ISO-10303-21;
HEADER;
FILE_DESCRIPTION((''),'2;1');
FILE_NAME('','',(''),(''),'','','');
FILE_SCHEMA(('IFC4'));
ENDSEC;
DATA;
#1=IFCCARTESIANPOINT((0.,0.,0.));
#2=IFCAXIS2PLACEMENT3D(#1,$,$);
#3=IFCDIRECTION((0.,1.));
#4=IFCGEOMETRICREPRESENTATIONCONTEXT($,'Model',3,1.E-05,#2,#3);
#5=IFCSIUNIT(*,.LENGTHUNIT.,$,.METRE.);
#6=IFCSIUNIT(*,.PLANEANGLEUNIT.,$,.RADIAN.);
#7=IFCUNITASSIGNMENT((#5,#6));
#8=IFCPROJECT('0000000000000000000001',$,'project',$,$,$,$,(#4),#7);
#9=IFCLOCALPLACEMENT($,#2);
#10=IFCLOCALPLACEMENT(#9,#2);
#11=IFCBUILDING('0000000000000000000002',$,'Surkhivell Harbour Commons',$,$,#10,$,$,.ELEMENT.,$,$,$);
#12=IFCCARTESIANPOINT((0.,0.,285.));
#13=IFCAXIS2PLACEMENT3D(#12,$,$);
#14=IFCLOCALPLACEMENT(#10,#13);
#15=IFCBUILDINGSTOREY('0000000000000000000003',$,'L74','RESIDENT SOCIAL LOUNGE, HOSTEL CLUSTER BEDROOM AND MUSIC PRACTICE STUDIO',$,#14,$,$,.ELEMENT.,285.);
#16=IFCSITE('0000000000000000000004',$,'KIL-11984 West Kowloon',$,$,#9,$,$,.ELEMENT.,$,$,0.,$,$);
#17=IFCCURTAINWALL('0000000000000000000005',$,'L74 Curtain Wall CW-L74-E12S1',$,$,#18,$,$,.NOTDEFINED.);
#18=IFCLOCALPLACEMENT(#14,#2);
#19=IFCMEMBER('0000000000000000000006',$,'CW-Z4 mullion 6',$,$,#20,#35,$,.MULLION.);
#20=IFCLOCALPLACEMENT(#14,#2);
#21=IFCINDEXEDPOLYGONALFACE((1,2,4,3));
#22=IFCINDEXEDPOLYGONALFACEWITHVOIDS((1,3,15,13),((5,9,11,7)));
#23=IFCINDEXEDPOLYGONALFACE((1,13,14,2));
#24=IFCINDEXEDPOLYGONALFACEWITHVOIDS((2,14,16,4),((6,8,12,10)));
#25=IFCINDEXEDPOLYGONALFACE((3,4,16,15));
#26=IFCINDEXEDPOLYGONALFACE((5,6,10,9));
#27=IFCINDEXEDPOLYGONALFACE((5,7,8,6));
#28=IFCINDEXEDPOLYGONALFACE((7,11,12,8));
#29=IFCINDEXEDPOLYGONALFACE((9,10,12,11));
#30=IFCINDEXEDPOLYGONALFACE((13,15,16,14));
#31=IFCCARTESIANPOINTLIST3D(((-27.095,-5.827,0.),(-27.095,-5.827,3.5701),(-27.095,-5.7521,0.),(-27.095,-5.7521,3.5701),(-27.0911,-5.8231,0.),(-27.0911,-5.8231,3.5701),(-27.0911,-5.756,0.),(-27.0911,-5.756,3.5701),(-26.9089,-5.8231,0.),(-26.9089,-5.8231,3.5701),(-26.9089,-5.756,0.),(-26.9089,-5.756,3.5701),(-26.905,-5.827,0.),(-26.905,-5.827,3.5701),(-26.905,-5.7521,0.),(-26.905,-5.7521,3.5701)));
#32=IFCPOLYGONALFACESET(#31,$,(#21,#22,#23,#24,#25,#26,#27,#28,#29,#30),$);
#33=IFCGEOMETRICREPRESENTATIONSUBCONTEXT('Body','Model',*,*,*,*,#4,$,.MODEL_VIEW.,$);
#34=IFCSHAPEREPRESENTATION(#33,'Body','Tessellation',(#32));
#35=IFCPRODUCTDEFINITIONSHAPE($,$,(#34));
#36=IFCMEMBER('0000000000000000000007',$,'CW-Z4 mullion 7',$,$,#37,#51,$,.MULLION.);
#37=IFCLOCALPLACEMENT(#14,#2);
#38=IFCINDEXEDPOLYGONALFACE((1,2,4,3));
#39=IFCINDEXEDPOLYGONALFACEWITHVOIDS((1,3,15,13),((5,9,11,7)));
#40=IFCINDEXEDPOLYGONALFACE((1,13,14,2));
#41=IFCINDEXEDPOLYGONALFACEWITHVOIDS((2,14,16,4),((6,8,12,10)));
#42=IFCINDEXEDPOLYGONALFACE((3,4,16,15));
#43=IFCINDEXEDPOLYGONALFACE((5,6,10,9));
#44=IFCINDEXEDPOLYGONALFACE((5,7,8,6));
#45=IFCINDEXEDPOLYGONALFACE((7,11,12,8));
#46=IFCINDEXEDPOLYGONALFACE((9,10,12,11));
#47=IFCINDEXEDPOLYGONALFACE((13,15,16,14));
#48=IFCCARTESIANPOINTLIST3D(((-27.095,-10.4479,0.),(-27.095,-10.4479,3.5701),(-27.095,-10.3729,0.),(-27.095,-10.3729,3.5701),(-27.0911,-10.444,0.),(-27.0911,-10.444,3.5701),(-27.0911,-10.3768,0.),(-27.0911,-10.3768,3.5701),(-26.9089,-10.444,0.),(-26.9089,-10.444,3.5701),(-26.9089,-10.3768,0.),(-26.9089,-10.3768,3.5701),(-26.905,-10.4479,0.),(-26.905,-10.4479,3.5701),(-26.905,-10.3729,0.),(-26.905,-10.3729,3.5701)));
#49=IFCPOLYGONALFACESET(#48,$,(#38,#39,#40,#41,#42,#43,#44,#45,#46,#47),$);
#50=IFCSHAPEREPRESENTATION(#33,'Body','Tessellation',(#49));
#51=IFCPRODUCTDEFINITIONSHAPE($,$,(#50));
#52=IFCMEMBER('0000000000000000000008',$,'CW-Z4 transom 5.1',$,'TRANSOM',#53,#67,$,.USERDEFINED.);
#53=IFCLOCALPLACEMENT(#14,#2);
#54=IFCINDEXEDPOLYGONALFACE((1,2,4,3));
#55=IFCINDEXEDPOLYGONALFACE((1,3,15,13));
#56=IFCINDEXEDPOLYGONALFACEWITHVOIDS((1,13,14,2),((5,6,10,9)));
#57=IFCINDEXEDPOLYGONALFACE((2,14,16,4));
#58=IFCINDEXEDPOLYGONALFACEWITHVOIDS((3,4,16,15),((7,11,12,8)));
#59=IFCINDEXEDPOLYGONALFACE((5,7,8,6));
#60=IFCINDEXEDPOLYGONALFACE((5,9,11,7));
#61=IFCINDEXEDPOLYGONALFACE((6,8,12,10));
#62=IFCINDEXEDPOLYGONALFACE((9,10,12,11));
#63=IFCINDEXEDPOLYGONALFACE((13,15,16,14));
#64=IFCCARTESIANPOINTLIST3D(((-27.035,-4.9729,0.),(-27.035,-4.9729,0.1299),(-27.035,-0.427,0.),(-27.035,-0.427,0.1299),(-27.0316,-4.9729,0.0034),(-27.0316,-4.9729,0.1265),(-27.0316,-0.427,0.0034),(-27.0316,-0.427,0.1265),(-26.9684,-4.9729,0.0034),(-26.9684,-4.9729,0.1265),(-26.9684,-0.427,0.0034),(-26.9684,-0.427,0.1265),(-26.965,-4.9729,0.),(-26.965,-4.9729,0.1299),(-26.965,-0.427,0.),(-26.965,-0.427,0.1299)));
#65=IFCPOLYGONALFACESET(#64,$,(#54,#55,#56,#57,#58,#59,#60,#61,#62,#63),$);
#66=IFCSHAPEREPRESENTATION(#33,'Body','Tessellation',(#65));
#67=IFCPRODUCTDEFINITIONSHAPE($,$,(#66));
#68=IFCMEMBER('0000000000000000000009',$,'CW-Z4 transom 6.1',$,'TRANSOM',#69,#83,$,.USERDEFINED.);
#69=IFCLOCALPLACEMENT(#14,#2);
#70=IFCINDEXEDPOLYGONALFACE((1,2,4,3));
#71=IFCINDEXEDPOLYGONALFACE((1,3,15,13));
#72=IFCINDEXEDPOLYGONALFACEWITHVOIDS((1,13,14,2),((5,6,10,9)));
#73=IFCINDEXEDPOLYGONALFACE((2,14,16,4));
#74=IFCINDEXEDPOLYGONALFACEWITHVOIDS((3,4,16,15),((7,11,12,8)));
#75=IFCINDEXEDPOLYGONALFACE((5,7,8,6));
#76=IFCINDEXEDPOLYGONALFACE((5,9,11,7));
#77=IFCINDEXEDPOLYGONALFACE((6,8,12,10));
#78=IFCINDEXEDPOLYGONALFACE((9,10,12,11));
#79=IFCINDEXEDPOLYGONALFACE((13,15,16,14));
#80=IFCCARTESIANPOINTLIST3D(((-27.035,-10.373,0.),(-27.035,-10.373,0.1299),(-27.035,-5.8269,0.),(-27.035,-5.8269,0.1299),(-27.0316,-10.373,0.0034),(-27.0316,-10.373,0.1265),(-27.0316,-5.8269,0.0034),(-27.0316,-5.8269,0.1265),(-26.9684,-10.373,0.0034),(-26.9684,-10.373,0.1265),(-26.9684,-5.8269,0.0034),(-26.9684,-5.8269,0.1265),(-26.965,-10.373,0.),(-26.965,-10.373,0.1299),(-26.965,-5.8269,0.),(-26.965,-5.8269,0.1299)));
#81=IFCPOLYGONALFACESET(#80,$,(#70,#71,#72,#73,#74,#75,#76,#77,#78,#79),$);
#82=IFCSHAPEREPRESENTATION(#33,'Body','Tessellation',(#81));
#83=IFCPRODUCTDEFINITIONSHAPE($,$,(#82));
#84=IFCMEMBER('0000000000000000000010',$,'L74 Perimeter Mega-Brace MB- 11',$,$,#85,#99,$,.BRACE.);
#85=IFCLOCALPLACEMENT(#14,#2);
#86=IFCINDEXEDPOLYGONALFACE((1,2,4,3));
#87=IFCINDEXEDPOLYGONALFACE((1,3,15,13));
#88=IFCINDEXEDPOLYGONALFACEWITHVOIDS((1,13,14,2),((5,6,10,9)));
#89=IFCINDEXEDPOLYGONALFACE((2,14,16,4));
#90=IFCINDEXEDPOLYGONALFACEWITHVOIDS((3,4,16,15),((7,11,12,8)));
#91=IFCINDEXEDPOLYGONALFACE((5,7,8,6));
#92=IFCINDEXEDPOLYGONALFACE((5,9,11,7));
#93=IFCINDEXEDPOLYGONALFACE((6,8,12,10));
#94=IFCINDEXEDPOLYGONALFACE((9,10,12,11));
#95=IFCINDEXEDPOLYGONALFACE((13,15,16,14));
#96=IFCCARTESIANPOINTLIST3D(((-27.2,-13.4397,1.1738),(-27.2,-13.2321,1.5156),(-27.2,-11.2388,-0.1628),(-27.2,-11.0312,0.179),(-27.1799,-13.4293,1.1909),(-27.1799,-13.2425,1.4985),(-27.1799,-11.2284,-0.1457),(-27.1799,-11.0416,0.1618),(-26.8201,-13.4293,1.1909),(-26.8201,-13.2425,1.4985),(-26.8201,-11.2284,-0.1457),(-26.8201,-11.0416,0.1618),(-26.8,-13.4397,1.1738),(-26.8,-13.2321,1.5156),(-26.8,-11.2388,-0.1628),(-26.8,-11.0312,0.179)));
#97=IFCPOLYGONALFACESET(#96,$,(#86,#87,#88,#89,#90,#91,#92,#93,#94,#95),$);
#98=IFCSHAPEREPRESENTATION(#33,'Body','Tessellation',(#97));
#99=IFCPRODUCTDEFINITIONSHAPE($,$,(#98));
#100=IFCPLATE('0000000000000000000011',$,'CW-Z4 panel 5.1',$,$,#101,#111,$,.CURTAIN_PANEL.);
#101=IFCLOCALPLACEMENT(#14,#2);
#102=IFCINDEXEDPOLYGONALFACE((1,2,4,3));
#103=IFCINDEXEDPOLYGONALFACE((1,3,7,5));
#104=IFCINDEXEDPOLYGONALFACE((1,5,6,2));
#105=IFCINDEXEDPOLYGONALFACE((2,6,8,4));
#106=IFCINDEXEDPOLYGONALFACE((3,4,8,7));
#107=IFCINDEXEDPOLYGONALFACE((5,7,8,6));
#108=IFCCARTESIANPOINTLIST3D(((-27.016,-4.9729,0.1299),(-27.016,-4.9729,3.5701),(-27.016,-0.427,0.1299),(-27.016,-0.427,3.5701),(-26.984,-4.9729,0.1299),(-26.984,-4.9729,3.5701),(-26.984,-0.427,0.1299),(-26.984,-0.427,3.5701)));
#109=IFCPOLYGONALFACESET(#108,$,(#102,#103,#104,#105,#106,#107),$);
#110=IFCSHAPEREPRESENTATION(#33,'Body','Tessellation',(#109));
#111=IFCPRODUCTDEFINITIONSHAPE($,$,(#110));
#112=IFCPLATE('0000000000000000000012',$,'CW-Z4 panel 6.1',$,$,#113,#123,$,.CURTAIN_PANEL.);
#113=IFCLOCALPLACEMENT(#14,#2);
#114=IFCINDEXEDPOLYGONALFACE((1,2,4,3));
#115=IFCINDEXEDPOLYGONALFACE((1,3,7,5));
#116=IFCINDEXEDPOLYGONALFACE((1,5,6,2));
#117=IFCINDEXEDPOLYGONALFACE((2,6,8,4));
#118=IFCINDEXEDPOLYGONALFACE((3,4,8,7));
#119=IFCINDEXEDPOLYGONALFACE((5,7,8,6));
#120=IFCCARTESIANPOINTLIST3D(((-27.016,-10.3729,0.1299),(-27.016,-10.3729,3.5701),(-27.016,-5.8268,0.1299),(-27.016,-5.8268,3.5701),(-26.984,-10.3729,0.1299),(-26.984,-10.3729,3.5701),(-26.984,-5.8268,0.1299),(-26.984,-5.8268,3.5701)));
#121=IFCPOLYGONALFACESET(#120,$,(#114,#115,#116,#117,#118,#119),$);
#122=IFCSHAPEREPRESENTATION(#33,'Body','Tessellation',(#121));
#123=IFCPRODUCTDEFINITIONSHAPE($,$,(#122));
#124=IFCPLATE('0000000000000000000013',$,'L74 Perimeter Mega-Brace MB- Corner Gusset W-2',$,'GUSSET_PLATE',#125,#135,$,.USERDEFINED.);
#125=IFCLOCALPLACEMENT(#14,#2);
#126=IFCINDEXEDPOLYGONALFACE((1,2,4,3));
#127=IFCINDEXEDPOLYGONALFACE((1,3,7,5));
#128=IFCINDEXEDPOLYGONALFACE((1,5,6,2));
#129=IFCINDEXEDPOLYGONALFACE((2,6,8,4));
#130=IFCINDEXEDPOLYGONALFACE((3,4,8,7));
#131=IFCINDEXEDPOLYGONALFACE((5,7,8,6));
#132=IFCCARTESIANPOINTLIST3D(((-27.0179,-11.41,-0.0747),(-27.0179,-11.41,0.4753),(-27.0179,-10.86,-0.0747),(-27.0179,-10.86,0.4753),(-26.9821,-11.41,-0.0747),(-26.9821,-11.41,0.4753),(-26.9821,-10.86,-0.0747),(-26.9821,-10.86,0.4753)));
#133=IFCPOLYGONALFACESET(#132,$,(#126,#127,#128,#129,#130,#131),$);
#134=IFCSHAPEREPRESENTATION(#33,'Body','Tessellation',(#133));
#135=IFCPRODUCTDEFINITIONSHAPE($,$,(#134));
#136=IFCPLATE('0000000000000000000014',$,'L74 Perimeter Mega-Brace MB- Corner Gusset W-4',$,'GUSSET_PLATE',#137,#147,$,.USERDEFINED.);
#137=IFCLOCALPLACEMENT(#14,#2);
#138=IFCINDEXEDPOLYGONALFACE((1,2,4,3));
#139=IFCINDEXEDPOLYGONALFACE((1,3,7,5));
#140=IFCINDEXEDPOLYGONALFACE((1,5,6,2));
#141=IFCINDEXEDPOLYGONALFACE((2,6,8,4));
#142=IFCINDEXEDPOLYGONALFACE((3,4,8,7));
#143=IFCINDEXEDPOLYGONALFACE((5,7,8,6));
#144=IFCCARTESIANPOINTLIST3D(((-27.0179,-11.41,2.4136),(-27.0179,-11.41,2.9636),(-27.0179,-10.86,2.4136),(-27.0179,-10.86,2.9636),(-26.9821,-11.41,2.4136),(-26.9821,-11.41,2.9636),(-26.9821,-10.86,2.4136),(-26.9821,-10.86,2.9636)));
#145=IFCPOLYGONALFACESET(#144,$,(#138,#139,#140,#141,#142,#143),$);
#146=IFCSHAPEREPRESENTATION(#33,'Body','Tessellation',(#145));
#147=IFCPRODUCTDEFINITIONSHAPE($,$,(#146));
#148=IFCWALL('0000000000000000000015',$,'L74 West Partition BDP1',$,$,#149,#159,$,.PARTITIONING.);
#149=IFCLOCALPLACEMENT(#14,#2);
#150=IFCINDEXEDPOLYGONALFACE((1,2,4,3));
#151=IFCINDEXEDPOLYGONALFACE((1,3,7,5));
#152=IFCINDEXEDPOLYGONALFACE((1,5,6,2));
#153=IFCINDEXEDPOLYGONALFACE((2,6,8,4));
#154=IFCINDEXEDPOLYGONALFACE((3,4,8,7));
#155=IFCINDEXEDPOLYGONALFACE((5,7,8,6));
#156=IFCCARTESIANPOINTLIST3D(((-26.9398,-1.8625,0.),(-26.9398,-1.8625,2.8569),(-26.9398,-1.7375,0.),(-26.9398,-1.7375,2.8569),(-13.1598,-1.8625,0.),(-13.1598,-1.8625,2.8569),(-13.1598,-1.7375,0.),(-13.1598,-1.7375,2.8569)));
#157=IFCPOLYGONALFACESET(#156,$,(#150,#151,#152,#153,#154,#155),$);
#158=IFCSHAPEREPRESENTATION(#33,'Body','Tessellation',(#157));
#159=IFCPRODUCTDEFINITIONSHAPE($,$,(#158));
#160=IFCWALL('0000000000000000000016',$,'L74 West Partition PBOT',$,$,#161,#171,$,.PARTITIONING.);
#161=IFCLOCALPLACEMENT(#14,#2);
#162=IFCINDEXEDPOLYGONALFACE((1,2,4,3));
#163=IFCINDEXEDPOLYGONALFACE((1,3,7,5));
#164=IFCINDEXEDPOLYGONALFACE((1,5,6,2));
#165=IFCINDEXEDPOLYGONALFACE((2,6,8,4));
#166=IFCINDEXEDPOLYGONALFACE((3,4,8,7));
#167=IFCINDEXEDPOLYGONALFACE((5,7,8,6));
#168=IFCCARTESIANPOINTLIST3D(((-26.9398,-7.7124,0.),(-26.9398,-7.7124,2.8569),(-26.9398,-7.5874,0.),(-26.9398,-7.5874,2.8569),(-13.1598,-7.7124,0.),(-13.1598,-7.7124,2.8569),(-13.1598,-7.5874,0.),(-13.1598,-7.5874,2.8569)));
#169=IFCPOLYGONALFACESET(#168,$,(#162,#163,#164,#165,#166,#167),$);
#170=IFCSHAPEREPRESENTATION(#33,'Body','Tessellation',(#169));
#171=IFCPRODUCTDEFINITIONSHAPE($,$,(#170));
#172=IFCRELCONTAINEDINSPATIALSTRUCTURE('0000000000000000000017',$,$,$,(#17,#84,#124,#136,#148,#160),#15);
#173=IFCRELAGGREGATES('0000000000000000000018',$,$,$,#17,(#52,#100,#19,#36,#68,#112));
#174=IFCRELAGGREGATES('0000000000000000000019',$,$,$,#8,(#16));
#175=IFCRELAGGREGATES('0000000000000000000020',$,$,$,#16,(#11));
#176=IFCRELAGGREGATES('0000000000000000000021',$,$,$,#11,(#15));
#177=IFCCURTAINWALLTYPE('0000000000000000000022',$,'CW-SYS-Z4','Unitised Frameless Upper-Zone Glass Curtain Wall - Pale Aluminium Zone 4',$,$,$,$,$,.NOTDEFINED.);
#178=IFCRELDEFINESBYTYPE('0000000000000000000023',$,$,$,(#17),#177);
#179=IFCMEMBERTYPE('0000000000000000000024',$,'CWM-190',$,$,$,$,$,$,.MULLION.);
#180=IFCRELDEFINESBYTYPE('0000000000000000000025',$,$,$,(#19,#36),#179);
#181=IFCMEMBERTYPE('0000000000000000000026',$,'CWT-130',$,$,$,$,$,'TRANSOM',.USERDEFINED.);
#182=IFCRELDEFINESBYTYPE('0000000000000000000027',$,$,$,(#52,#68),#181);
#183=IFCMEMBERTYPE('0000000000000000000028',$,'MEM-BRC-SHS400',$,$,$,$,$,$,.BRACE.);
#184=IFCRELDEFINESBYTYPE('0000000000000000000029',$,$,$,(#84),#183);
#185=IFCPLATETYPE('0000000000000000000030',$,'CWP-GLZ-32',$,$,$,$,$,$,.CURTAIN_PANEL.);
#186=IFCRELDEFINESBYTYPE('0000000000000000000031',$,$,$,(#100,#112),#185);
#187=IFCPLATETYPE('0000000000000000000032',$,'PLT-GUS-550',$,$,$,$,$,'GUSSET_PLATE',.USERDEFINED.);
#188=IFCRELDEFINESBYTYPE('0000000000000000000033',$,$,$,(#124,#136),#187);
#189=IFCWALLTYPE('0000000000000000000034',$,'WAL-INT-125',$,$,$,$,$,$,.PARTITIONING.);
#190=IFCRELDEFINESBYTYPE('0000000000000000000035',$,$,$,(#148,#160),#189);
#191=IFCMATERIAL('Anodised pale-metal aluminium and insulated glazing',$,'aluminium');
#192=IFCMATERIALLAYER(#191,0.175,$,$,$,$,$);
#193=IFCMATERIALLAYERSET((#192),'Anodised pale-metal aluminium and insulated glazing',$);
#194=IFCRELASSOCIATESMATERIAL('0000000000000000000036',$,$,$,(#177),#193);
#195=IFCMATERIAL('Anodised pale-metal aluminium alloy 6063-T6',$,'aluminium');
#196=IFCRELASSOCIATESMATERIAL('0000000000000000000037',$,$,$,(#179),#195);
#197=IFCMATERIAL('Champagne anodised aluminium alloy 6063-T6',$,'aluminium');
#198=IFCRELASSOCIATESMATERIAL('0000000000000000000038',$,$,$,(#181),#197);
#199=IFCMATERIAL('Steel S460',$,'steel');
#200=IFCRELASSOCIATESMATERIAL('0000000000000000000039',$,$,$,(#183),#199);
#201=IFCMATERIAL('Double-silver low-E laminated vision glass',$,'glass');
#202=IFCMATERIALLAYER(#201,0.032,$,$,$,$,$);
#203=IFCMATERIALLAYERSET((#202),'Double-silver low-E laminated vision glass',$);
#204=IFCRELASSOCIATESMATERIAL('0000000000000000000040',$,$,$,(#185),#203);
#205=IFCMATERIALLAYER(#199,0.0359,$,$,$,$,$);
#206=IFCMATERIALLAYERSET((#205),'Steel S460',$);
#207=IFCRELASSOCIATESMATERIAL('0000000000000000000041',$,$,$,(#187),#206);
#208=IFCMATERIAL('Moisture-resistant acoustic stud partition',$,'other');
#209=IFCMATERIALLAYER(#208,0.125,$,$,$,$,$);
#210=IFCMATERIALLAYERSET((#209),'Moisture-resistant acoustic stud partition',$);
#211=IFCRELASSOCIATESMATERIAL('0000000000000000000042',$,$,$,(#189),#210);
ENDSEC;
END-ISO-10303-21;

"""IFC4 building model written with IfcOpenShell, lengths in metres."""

from ifc_helpers import new_model, si_unit, direction, frame, frame_2d, origin, origin_2d, place, context, subcontext, project, spatial, rectangle, hollow_rectangle, extrude, material, layer, layer_set, material_profile, profile_set, type_object, element, aggregate, save


model = new_model("IFC4")

# Units and contexts
model_context = context("Model", 3, precision=1e-05, world=origin(), true_north=direction((0.0, 1.0)))
body_context = subcontext(model_context, "Body", "Model", "MODEL_VIEW")
ifc_project = project(units=[si_unit("LENGTHUNIT", "METRE"), si_unit("PLANEANGLEUNIT", "RADIAN")], contexts=[model_context])

# Site, building, storey
site_placement = place(None, origin())
site = spatial("IfcSite", under=ifc_project, at=site_placement, Name="KIL-11984 West Kowloon", CompositionType="ELEMENT", RefElevation=0.0)
building_placement = place(site_placement, origin())
building = spatial("IfcBuilding", under=site, at=building_placement, Name="Surkhivell Harbour Commons", CompositionType="ELEMENT")
storey_placement = place(building_placement, frame((0.0, 0.0, 285.0)))
storey = spatial("IfcBuildingStorey", under=building, at=storey_placement, Name="L74", Description="RESIDENT SOCIAL LOUNGE, HOSTEL CLUSTER BEDROOM AND MUSIC PRACTICE STUDIO", CompositionType="ELEMENT", Elevation=285.0)

# Curtain wall, members
ifc_material_1 = material(Name="Anodised pale-metal aluminium and insulated glazing", Category="aluminium")
ifc_layer_1 = layer(ifc_material_1, 0.175)
ifc_layer_set_1 = layer_set([ifc_layer_1], Name="Anodised pale-metal aluminium and insulated glazing")
curtain_wall_type = type_object("IfcCurtainWallType", Name="CW-SYS-Z4", Description="Unitised Frameless Upper-Zone Glass Curtain Wall - Pale Aluminium Zone 4", PredefinedType="NOTDEFINED", material=ifc_layer_set_1)
curtain_wall_placement = place(storey_placement, origin())
curtain_wall = element("IfcCurtainWall", 1, at=curtain_wall_placement, inside=storey, type_object=curtain_wall_type, Name="L74 Curtain Wall CW-L74-E12S1", PredefinedType="NOTDEFINED")
ifc_material_2 = material(Name="Anodised pale-metal aluminium alloy 6063-T6", Category="aluminium")
ifc_material_profile_1 = material_profile(ifc_material_2, hollow_rectangle(XDim=0.075, YDim=0.1899, WallThickness=0.0039, at=origin_2d()), Name="ALU-MULL-75x190")
ifc_profile_set_1 = profile_set([ifc_material_profile_1], Name="Anodised pale-metal aluminium alloy 6063-T6")
member_type_1 = type_object("IfcMemberType", Name="CWM-190", PredefinedType="MULLION", material=ifc_profile_set_1)
member_1_placement = place(storey_placement, frame((-27.0, -5.7896, 0.0), z_axis=(0.0, 0.0, 1.0), x_axis=(0.0, -1.0, 0.0)))
member_1 = element("IfcMember", 2, at=member_1_placement, type_object=member_type_1, Name="CW-Z4 mullion 6", PredefinedType="MULLION", context=body_context, shape_type="SweptSolid", body=[
    extrude(hollow_rectangle(XDim=0.075, YDim=0.1899, WallThickness=0.0039, at=origin_2d()), origin(), (0.0, 0.0, 1.0), 3.5701),
])
member_2_placement = place(storey_placement, frame((-27.0, -10.4104, 0.0), z_axis=(0.0, 0.0, 1.0), x_axis=(0.0, -1.0, 0.0)))
member_2 = element("IfcMember", 3, at=member_2_placement, type_object=member_type_1, Name="CW-Z4 mullion 7", PredefinedType="MULLION", context=body_context, shape_type="SweptSolid", body=[
    extrude(hollow_rectangle(XDim=0.075, YDim=0.1899, WallThickness=0.0039, at=origin_2d()), origin(), (0.0, 0.0, 1.0), 3.5701),
])
ifc_material_3 = material(Name="Champagne anodised aluminium alloy 6063-T6", Category="aluminium")
ifc_material_profile_2 = material_profile(ifc_material_3, hollow_rectangle(XDim=0.0701, YDim=0.1299, WallThickness=0.0034, at=origin_2d()), Name="ALU-TRAN-70x130")
ifc_profile_set_2 = profile_set([ifc_material_profile_2], Name="Champagne anodised aluminium alloy 6063-T6")
member_type_2 = type_object("IfcMemberType", Name="CWT-130", ElementType="TRANSOM", PredefinedType="USERDEFINED", material=ifc_profile_set_2)
member_3_placement = place(storey_placement, frame((-27.0, -0.427, 0.0649), z_axis=(0.0, -1.0, 0.0), x_axis=(1.0, 0.0, 0.0)))
member_3 = element("IfcMember", 4, at=member_3_placement, type_object=member_type_2, Name="CW-Z4 transom 5.1", ObjectType="TRANSOM", PredefinedType="USERDEFINED", context=body_context, shape_type="SweptSolid", body=[
    extrude(hollow_rectangle(XDim=0.0701, YDim=0.1299, WallThickness=0.0034, at=origin_2d()), origin(), (0.0, 0.0, 1.0), 4.5459),
])
member_4_placement = place(storey_placement, frame((-27.0, -5.8269, 0.0649), z_axis=(0.0, -1.0, 0.0), x_axis=(1.0, 0.0, 0.0)))
member_4 = element("IfcMember", 5, at=member_4_placement, type_object=member_type_2, Name="CW-Z4 transom 6.1", ObjectType="TRANSOM", PredefinedType="USERDEFINED", context=body_context, shape_type="SweptSolid", body=[
    extrude(hollow_rectangle(XDim=0.0701, YDim=0.1299, WallThickness=0.0034, at=origin_2d()), origin(), (0.0, 0.0, 1.0), 4.5461),
])

# Member
ifc_material_4 = material(Name="Steel S460", Category="steel")
ifc_material_profile_3 = material_profile(ifc_material_4, hollow_rectangle(XDim=0.3999, YDim=0.3999, WallThickness=0.02, at=origin_2d()), Name="SHS400x400x20")
ifc_profile_set_3 = profile_set([ifc_material_profile_3], Name="Steel S460")
member_type_3 = type_object("IfcMemberType", Name="MEM-BRC-SHS400", PredefinedType="BRACE", material=ifc_profile_set_3)
member_5_placement = place(storey_placement, frame((-27.0, -11.135, 0.0081), z_axis=(0.0, -0.85472, 0.519089), x_axis=(1.0, 0.0, 0.0)))
element("IfcMember", 6, at=member_5_placement, inside=storey, type_object=member_type_3, Name="L74 Perimeter Mega-Brace MB- 11", PredefinedType="BRACE", context=body_context, shape_type="SweptSolid", body=[
    extrude(hollow_rectangle(XDim=0.3999, YDim=0.3999, WallThickness=0.02, at=origin_2d()), origin(), (0.0, 0.0, 1.0), 2.575),
])

# Plates
ifc_material_5 = material(Name="Double-silver low-E laminated vision glass", Category="glass")
ifc_layer_2 = layer(ifc_material_5, 0.032)
ifc_layer_set_2 = layer_set([ifc_layer_2], Name="Double-silver low-E laminated vision glass")
plate_type_1 = type_object("IfcPlateType", Name="CWP-GLZ-32", PredefinedType="CURTAIN_PANEL", material=ifc_layer_set_2)
plate_1_placement = place(storey_placement, frame((-27.0, -0.427, 0.1299), z_axis=(0.0, 0.0, 1.0), x_axis=(0.0, -1.0, 0.0)))
plate_1 = element("IfcPlate", 7, at=plate_1_placement, type_object=plate_type_1, Name="CW-Z4 panel 5.1", PredefinedType="CURTAIN_PANEL", context=body_context, shape_type="SweptSolid", body=[
    extrude(rectangle(XDim=4.5459, YDim=0.032, at=frame_2d((2.2729, 0.0))), origin(), (0.0, 0.0, 1.0), 3.4402),
])
plate_2_placement = place(storey_placement, frame((-27.0, -5.8269, 0.1299), z_axis=(0.0, 0.0, 1.0), x_axis=(0.0, -1.0, 0.0)))
plate_2 = element("IfcPlate", 8, at=plate_2_placement, type_object=plate_type_1, Name="CW-Z4 panel 6.1", PredefinedType="CURTAIN_PANEL", context=body_context, shape_type="SweptSolid", body=[
    extrude(rectangle(XDim=4.5461, YDim=0.032, at=frame_2d((2.2729, 0.0))), origin(), (0.0, 0.0, 1.0), 3.4402),
])
aggregate(curtain_wall, [member_3, plate_1, member_1, member_2, member_4, plate_2])

# Plates
ifc_layer_3 = layer(ifc_material_4, 0.0359)
ifc_layer_set_3 = layer_set([ifc_layer_3], Name="Steel S460")
plate_type_2 = type_object("IfcPlateType", Name="PLT-GUS-550", ElementType="GUSSET_PLATE", PredefinedType="USERDEFINED", material=ifc_layer_set_3)
for number, where, z_axis, x_axis, name in (
    (9, (-27.0, -11.135, -0.0747), (0.0, 0.0, 1.0), (0.0, 1.0, 0.0), "L74 Perimeter Mega-Brace MB- Corner Gusset W-2"),
    (10, (-27.0, -11.135, 2.4136), (0.0, 0.0, 1.0), (0.0, 1.0, 0.0), "L74 Perimeter Mega-Brace MB- Corner Gusset W-4"),
):
    element("IfcPlate", number, at=place(storey_placement, frame(where, z_axis=z_axis, x_axis=x_axis)), inside=storey, type_object=plate_type_2, Name=name, ObjectType="GUSSET_PLATE", PredefinedType="USERDEFINED", context=body_context, shape_type="SweptSolid", body=[
        extrude(rectangle(XDim=0.55, YDim=0.0359, at=origin_2d()), origin(), (0.0, 0.0, 1.0), 0.55),
    ])

# Walls
ifc_material_6 = material(Name="Moisture-resistant acoustic stud partition", Category="other")
ifc_layer_4 = layer(ifc_material_6, 0.125)
ifc_layer_set_4 = layer_set([ifc_layer_4], Name="Moisture-resistant acoustic stud partition")
wall_type = type_object("IfcWallType", Name="WAL-INT-125", PredefinedType="PARTITIONING", material=ifc_layer_set_4)
for number, where, z_axis, x_axis, name in (
    (11, (-26.9399, -1.8, 0.0), (0.0, 0.0, 1.0), (1.0, 0.0, 0.0), "L74 West Partition BDP1"),
    (12, (-26.9399, -7.6499, 0.0), (0.0, 0.0, 1.0), (1.0, 0.0, 0.0), "L74 West Partition PBOT"),
):
    element("IfcWall", number, at=place(storey_placement, frame(where, z_axis=z_axis, x_axis=x_axis)), inside=storey, type_object=wall_type, Name=name, PredefinedType="PARTITIONING", context=body_context, shape_type="SweptSolid", body=[
        extrude(rectangle(XDim=13.78, YDim=0.125, at=frame_2d((6.8901, 0.0))), origin(), (0.0, 0.0, 1.0), 2.8569),
    ])

save(model, "model.ifc")
